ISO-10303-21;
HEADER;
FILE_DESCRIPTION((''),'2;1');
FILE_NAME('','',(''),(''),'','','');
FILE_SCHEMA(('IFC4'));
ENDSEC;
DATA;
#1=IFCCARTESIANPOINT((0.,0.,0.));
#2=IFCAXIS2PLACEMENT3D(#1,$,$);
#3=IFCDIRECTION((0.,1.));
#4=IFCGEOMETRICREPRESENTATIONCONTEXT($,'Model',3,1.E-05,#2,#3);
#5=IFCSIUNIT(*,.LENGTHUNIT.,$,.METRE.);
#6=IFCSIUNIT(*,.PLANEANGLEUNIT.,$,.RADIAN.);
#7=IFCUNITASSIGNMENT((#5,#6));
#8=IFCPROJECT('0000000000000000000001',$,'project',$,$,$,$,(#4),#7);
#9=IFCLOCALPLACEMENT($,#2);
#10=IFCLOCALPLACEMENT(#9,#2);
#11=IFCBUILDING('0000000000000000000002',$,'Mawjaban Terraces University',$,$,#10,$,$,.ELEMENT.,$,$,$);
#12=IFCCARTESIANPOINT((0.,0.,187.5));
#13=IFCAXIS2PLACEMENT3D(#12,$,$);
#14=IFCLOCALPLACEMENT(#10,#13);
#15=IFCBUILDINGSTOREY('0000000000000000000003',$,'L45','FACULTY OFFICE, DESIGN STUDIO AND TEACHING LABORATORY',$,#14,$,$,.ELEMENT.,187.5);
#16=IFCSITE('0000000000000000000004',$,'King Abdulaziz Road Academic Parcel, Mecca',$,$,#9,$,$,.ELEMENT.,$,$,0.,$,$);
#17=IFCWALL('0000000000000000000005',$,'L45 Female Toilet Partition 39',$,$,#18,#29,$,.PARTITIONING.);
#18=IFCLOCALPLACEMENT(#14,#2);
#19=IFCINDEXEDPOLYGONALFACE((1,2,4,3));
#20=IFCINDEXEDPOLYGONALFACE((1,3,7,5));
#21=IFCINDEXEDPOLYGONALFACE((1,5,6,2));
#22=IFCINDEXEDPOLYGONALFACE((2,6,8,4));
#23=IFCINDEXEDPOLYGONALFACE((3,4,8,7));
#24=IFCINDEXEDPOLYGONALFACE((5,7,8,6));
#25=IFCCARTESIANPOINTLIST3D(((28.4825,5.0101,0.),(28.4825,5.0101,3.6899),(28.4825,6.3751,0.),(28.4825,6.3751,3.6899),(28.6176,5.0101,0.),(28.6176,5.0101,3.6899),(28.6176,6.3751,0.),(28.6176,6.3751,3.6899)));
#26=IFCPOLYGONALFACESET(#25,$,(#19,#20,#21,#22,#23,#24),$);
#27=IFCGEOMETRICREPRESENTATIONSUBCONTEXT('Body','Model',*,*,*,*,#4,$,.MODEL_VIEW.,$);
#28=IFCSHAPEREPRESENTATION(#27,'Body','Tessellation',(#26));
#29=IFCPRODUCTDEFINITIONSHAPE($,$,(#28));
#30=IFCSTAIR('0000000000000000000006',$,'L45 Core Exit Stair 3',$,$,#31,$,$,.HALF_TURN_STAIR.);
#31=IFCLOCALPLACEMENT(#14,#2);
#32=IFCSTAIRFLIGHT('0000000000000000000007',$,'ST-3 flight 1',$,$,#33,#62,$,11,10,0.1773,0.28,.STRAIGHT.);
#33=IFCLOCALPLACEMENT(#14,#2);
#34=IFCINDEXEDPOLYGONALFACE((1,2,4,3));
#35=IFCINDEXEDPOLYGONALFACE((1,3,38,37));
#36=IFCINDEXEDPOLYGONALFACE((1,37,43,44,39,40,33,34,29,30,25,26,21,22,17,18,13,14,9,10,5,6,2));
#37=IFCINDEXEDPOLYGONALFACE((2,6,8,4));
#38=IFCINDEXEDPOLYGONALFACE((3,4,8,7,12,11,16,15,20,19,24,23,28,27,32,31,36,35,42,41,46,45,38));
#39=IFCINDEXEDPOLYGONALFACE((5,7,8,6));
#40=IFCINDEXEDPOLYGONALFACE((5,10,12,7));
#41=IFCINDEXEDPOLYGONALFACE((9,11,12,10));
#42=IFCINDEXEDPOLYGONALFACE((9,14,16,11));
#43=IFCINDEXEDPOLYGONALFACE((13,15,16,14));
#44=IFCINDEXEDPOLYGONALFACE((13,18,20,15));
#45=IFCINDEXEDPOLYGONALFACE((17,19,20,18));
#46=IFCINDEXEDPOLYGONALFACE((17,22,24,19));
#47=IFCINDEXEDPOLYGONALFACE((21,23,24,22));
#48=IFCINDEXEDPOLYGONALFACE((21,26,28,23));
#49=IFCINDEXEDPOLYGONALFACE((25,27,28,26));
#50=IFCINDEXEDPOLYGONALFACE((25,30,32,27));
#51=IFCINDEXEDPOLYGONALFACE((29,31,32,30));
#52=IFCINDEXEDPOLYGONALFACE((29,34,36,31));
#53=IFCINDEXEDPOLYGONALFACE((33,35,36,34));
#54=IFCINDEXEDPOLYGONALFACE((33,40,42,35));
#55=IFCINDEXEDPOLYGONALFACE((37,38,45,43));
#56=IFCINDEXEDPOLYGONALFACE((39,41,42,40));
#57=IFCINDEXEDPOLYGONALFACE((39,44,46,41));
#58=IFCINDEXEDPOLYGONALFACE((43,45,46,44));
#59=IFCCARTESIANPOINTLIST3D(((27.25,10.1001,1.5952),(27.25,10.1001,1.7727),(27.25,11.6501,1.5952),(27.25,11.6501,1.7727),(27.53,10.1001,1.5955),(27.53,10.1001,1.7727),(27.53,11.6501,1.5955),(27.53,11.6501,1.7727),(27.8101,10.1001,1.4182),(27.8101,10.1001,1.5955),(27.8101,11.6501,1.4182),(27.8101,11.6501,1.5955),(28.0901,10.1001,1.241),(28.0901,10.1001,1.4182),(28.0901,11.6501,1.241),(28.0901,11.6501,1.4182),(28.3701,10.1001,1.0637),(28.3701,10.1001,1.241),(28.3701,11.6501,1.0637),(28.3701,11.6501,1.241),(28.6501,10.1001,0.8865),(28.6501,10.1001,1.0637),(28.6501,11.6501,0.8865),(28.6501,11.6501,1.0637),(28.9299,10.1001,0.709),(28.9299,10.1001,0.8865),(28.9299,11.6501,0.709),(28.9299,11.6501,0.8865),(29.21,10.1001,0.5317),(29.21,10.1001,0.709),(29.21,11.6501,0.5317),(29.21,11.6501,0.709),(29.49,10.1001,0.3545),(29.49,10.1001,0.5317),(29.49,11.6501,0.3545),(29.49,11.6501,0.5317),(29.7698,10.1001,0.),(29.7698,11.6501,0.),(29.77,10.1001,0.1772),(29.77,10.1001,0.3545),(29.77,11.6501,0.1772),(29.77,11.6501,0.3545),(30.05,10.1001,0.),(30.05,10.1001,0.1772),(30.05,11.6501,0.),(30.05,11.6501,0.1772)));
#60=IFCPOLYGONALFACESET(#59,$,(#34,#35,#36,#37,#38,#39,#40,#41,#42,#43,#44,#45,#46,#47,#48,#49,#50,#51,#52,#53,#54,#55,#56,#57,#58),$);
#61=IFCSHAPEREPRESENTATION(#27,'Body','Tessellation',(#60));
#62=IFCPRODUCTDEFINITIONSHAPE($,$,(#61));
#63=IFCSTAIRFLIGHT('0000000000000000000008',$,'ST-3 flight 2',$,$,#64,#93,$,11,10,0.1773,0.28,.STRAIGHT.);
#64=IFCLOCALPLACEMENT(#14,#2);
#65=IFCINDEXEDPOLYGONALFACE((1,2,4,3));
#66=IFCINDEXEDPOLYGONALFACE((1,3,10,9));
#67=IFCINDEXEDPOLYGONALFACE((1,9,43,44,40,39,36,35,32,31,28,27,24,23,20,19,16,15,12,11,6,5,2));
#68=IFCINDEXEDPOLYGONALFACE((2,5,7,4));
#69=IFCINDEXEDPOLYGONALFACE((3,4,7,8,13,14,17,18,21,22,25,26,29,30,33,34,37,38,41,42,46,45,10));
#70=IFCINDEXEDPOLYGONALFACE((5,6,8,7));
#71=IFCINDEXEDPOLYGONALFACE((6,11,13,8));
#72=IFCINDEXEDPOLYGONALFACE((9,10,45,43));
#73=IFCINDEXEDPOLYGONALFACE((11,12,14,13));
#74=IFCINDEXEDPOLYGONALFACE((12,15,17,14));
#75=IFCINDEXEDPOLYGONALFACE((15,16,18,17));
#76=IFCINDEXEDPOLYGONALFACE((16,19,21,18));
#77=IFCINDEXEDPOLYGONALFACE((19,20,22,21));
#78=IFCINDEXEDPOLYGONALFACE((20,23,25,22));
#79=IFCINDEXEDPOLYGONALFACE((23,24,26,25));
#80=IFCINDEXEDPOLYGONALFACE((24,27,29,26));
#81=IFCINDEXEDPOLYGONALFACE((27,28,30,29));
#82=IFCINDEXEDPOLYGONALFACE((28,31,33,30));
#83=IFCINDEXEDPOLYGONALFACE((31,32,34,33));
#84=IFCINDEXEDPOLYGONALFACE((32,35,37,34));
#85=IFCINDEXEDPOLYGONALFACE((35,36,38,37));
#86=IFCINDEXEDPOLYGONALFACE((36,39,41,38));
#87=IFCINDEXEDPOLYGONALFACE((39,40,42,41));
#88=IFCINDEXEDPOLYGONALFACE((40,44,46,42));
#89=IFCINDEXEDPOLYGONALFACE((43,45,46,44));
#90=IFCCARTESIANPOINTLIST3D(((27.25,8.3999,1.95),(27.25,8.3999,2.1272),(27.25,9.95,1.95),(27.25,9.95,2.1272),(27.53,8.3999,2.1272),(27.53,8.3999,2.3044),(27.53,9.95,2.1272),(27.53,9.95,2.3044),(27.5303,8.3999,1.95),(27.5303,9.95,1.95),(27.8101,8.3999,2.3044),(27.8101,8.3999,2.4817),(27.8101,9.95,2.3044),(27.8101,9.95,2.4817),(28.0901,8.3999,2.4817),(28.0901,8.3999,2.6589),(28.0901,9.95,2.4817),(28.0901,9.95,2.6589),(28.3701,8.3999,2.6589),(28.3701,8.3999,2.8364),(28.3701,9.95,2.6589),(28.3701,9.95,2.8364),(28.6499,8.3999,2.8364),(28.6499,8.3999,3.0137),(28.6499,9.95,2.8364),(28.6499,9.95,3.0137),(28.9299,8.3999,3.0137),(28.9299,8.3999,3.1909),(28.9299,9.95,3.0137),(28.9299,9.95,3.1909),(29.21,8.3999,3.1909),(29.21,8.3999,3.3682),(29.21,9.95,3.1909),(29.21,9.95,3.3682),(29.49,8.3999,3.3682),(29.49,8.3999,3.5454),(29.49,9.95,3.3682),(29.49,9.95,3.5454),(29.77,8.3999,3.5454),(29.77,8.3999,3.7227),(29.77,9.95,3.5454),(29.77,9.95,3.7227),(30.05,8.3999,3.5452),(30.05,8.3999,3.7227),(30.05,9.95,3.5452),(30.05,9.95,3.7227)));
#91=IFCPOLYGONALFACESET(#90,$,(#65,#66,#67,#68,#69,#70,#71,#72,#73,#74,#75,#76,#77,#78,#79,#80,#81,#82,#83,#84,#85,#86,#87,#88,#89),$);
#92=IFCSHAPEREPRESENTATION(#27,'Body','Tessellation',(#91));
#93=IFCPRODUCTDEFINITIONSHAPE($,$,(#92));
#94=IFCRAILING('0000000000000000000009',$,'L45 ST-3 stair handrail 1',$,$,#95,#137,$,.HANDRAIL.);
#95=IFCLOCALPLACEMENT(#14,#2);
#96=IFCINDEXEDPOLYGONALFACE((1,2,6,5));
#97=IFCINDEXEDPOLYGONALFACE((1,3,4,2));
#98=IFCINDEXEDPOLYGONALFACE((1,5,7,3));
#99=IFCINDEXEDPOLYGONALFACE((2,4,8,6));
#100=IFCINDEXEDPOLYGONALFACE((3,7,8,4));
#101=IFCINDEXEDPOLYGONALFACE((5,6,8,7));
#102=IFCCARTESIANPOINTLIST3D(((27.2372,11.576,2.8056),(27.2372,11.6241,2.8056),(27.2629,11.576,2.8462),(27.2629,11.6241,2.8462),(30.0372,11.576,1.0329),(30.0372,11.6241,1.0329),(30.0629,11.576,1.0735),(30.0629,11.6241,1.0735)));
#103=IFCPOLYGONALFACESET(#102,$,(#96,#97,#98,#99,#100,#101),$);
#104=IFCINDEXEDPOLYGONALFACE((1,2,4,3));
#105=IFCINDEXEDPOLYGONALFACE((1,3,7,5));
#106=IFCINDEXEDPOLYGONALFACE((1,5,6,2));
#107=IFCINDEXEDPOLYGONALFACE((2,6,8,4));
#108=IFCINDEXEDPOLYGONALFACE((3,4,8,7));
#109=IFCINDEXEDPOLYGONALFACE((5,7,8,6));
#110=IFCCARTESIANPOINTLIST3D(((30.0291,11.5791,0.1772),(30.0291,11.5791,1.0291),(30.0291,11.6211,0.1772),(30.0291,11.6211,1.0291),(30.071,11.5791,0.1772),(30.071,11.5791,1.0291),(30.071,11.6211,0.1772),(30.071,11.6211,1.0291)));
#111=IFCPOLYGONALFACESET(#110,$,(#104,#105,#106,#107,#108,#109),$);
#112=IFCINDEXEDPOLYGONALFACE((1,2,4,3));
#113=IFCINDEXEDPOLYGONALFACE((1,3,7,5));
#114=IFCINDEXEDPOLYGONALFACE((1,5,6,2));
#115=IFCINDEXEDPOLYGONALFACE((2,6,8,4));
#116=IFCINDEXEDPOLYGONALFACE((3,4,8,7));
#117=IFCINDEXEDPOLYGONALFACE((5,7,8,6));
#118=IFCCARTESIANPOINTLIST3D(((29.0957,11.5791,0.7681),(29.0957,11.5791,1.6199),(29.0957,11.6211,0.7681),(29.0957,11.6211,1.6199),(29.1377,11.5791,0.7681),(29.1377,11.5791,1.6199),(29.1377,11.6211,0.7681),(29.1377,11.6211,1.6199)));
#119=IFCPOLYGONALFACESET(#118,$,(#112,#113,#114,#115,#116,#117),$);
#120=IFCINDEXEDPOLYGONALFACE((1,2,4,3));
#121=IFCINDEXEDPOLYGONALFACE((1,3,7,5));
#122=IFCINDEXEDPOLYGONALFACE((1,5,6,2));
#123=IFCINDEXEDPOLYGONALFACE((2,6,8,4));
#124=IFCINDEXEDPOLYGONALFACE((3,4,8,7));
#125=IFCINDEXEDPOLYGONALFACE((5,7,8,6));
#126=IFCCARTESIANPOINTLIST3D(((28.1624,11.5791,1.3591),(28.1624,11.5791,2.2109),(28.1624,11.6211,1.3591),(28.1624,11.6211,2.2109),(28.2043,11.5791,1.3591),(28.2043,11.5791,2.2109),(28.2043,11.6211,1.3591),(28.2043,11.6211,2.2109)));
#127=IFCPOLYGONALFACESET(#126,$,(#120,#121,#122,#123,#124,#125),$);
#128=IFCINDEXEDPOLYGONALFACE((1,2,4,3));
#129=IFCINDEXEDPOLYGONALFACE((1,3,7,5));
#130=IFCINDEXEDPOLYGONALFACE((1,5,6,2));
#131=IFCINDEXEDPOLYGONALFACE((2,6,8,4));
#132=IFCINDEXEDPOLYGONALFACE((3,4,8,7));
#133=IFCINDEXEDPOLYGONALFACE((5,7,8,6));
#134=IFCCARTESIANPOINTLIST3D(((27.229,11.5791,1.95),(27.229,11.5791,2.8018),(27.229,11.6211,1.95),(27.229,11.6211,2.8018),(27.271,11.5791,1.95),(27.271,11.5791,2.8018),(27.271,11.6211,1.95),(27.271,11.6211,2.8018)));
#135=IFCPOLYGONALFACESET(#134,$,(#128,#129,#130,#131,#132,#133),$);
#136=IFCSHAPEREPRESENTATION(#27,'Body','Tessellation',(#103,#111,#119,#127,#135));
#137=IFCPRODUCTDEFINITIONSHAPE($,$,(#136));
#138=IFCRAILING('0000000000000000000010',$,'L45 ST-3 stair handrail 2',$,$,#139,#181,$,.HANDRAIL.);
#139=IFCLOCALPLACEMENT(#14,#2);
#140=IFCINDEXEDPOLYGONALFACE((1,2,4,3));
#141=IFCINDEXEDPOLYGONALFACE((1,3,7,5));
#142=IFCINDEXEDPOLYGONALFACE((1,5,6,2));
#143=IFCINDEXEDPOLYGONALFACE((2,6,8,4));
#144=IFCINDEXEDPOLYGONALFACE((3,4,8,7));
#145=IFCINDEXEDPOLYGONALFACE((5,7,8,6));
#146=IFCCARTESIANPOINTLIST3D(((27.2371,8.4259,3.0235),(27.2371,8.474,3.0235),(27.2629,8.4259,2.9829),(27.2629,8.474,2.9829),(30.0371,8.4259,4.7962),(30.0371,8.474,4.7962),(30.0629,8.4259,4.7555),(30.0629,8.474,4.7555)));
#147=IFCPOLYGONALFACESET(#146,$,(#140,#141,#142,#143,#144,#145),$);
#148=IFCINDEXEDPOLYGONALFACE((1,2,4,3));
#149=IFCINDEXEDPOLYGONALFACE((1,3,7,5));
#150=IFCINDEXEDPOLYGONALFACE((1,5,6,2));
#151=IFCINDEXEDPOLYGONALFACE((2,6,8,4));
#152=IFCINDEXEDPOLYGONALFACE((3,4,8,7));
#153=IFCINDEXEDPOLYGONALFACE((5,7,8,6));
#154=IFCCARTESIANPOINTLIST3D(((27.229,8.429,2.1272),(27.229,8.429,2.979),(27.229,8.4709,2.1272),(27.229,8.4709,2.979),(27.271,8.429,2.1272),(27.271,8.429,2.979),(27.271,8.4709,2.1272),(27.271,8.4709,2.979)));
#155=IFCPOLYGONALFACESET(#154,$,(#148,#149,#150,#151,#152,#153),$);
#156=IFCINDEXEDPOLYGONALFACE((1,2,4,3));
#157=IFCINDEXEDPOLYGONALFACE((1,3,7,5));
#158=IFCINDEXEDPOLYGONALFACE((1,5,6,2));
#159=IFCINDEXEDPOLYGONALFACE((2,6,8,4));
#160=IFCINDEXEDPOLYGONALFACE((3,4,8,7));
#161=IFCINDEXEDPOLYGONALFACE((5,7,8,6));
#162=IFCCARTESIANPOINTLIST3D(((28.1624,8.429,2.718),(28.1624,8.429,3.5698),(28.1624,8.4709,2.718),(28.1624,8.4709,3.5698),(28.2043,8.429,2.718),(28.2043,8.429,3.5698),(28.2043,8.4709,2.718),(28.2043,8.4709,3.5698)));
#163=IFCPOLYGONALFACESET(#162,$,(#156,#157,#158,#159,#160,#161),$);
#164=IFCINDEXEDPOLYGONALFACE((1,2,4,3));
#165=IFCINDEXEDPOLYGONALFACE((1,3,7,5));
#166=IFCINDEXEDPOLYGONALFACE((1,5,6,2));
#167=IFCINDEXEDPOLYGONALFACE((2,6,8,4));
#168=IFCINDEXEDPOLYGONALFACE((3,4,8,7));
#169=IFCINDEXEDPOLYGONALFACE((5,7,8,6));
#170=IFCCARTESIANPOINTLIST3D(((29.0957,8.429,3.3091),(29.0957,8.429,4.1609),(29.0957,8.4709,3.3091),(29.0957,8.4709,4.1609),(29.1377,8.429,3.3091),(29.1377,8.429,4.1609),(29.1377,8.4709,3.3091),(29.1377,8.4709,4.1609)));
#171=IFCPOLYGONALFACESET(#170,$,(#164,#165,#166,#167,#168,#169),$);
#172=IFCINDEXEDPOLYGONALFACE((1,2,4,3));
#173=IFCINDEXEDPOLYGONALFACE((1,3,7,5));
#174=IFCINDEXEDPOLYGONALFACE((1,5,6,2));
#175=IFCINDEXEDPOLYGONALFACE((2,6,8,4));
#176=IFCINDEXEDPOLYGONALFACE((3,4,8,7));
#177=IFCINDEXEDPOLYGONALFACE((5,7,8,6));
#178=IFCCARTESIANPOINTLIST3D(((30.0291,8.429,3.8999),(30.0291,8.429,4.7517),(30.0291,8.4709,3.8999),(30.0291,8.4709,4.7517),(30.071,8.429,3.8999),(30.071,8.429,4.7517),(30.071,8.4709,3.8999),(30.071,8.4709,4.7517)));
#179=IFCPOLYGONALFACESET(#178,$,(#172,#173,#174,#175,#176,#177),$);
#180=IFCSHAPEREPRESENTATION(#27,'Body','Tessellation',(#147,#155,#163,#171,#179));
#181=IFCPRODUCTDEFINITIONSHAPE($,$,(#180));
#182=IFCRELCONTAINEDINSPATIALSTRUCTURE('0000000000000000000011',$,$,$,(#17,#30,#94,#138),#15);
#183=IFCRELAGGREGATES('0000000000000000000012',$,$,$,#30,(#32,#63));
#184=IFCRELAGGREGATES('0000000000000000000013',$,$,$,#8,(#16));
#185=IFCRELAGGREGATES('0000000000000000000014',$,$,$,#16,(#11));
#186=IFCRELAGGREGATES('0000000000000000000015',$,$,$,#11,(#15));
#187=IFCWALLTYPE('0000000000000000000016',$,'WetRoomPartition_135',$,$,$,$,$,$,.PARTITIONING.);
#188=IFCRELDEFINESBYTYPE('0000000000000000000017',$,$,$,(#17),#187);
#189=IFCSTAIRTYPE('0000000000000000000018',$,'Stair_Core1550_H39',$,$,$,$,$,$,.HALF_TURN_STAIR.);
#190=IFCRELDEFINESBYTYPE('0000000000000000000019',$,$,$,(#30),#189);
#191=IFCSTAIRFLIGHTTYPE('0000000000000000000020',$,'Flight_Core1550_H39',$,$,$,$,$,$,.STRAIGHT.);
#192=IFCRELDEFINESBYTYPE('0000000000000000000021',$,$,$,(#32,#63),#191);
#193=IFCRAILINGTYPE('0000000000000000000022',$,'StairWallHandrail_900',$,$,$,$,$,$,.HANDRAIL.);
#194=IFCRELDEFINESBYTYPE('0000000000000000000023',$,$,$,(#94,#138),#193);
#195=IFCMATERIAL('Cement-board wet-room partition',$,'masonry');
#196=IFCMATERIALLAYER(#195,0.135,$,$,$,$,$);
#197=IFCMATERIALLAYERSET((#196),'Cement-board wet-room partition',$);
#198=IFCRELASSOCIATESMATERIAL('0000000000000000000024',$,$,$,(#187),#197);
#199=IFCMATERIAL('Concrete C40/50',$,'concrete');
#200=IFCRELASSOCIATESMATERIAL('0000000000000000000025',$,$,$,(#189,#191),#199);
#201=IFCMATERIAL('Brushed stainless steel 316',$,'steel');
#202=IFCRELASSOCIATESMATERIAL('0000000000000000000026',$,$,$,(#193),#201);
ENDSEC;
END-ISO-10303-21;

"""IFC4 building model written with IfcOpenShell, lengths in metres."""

from ifc_helpers import new_model, si_unit, direction, frame, frame_2d, origin, origin_2d, place, context, subcontext, project, spatial, polyline, rectangle, outline, extrude, material, layer, layer_set, type_object, element, aggregate, save


model = new_model("IFC4")

# Units and contexts
model_context = context("Model", 3, precision=1e-05, world=origin(), true_north=direction((0.0, 1.0)))
body_context = subcontext(model_context, "Body", "Model", "MODEL_VIEW")
ifc_project = project(units=[si_unit("LENGTHUNIT", "METRE"), si_unit("PLANEANGLEUNIT", "RADIAN")], contexts=[model_context])

# Site, building, storey
site_placement = place(None, origin())
site = spatial("IfcSite", under=ifc_project, at=site_placement, Name="King Abdulaziz Road Academic Parcel, Mecca", CompositionType="ELEMENT", RefElevation=0.0)
building_placement = place(site_placement, origin())
building = spatial("IfcBuilding", under=site, at=building_placement, Name="Mawjaban Terraces University", CompositionType="ELEMENT")
storey_placement = place(building_placement, frame((0.0, 0.0, 187.5)))
storey = spatial("IfcBuildingStorey", under=building, at=storey_placement, Name="L45", Description="FACULTY OFFICE, DESIGN STUDIO AND TEACHING LABORATORY", CompositionType="ELEMENT", Elevation=187.5)

# Shared definitions
ifc_material_1 = material(Name="Concrete C40/50", Category="concrete")

# Wall
ifc_material_2 = material(Name="Cement-board wet-room partition", Category="masonry")
ifc_layer_1 = layer(ifc_material_2, 0.135)
ifc_layer_set_1 = layer_set([ifc_layer_1], Name="Cement-board wet-room partition")
wall_type_1 = type_object("IfcWallType", Name="WetRoomPartition_135", PredefinedType="PARTITIONING", material=ifc_layer_set_1)
wall_1_placement = place(storey_placement, frame((28.55, 5.01, 0.0), z_axis=(0.0, 0.0, 1.0), x_axis=(0.0, 1.0, 0.0)))
element("IfcWall", 1, at=wall_1_placement, inside=storey, type_object=wall_type_1, Name="L45 Female Toilet Partition 39", PredefinedType="PARTITIONING", context=body_context, shape_type="SweptSolid", body=[
    extrude(rectangle(XDim=1.365, YDim=0.135, at=frame_2d((0.6826, 0.0))), origin(), (0.0, 0.0, 1.0), 3.6899),
])

# Stair, stair flights
stair_type = type_object("IfcStairType", Name="Stair_Core1550_H39", PredefinedType="HALF_TURN_STAIR", material=ifc_material_1)
stair_placement = place(storey_placement, origin())
stair = element("IfcStair", 2, at=stair_placement, inside=storey, type_object=stair_type, Name="L45 Core Exit Stair 3", PredefinedType="HALF_TURN_STAIR")
stair_flight_type = type_object("IfcStairFlightType", Name="Flight_Core1550_H39", PredefinedType="STRAIGHT", material=ifc_material_1)
stair_flight_1_placement = place(storey_placement, frame((30.05, 10.875, 0.0), z_axis=(0.0, 0.0, 1.0), x_axis=(-1.0, 0.0, 0.0)))
stair_flight_1 = element("IfcStairFlight", 3, at=stair_flight_1_placement, type_object=stair_flight_type, Name="ST-3 flight 1", NumberOfRisers=11, NumberOfTreads=10, PredefinedType="STRAIGHT", RiserHeight=0.1773, TreadLength=0.28, context=body_context, shape_type="SweptSolid", body=[
    extrude(outline(polyline([(0.0, 0.0), (0.0, 0.1772), (0.28, 0.1772), (0.28, 0.3545), (0.5601, 0.3545), (0.5601, 0.5317), (0.8401, 0.5317), (0.8401, 0.709), (1.1201, 0.709), (1.1201, 0.8865), (1.3999, 0.8865), (1.3999, 1.0637), (1.6799, 1.0637), (1.6799, 1.241), (1.96, 1.241), (1.96, 1.4182), (2.24, 1.4182), (2.24, 1.5955), (2.52, 1.5955), (2.52, 1.7727), (2.8, 1.7727), (2.8, 1.95), (2.8, 1.5952), (0.2803, 0.0), (0.0, 0.0)])), frame((0.0, 0.7749, 0.0), z_axis=(0.0, -1.0, 0.0), x_axis=(1.0, 0.0, 0.0)), (0.0, 0.0, 1.0), 1.55),
])
stair_flight_2_placement = place(storey_placement, frame((27.25, 9.175, 1.95), z_axis=(0.0, 0.0, 1.0), x_axis=(1.0, 0.0, 0.0)))
stair_flight_2 = element("IfcStairFlight", 4, at=stair_flight_2_placement, type_object=stair_flight_type, Name="ST-3 flight 2", NumberOfRisers=11, NumberOfTreads=10, PredefinedType="STRAIGHT", RiserHeight=0.1773, TreadLength=0.28, context=body_context, shape_type="SweptSolid", body=[
    extrude(outline(polyline([(0.0, 0.0), (0.0, 0.1772), (0.28, 0.1772), (0.28, 0.3545), (0.5601, 0.3545), (0.5601, 0.5317), (0.8401, 0.5317), (0.8401, 0.709), (1.1201, 0.709), (1.1201, 0.8865), (1.3999, 0.8865), (1.3999, 1.0637), (1.6799, 1.0637), (1.6799, 1.241), (1.96, 1.241), (1.96, 1.4182), (2.24, 1.4182), (2.24, 1.5955), (2.52, 1.5955), (2.52, 1.7727), (2.8, 1.7727), (2.8, 1.95), (2.8, 1.5952), (0.2803, 0.0), (0.0, 0.0)])), frame((0.0, 0.7749, 0.0), z_axis=(0.0, -1.0, 0.0), x_axis=(1.0, 0.0, 0.0)), (0.0, 0.0, 1.0), 1.55),
])
aggregate(stair, [stair_flight_1, stair_flight_2])

# Railings
ifc_material_3 = material(Name="Brushed stainless steel 316", Category="steel")
railing_type_1 = type_object("IfcRailingType", Name="StairWallHandrail_900", PredefinedType="HANDRAIL", material=ifc_material_3)
railing_1_placement = place(storey_placement, frame((30.05, 11.6001, 0.1772)))
element("IfcRailing", 5, at=railing_1_placement, inside=storey, type_object=railing_type_1, Name="L45 ST-3 stair handrail 1", PredefinedType="HANDRAIL", context=body_context, shape_type="SweptSolid", body=[
    extrude(rectangle(XDim=0.0481, YDim=0.0481, at=origin_2d()), frame((0.0, 0.0, 0.876), z_axis=(-0.844909, 0.0, 0.53491), x_axis=(0.0, -1.0, 0.0)), (0.0, 0.0, 1.0), 3.314),
    extrude(rectangle(XDim=0.042, YDim=0.042, at=origin_2d()), origin(), (0.0, 0.0, 1.0), 0.8518),
    extrude(rectangle(XDim=0.042, YDim=0.042, at=origin_2d()), frame((-0.9333, 0.0, 0.5908)), (0.0, 0.0, 1.0), 0.8518),
    extrude(rectangle(XDim=0.042, YDim=0.042, at=origin_2d()), frame((-1.8667, 0.0, 1.1819)), (0.0, 0.0, 1.0), 0.8518),
    extrude(rectangle(XDim=0.042, YDim=0.042, at=origin_2d()), frame((-2.8, 0.0, 1.7727)), (0.0, 0.0, 1.0), 0.8518),
])
railing_2_placement = place(storey_placement, frame((27.25, 8.45, 2.1272)))
element("IfcRailing", 6, at=railing_2_placement, inside=storey, type_object=railing_type_1, Name="L45 ST-3 stair handrail 2", PredefinedType="HANDRAIL", context=body_context, shape_type="SweptSolid", body=[
    extrude(rectangle(XDim=0.0481, YDim=0.0481, at=origin_2d()), frame((0.0, 0.0, 0.876), z_axis=(0.844909, 0.0, 0.53491), x_axis=(0.0, 1.0, 0.0)), (0.0, 0.0, 1.0), 3.314),
    extrude(rectangle(XDim=0.042, YDim=0.042, at=origin_2d()), origin(), (0.0, 0.0, 1.0), 0.8518),
    extrude(rectangle(XDim=0.042, YDim=0.042, at=origin_2d()), frame((0.9333, 0.0, 0.5908)), (0.0, 0.0, 1.0), 0.8518),
    extrude(rectangle(XDim=0.042, YDim=0.042, at=origin_2d()), frame((1.8667, 0.0, 1.1819)), (0.0, 0.0, 1.0), 0.8518),
    extrude(rectangle(XDim=0.042, YDim=0.042, at=origin_2d()), frame((2.8, 0.0, 1.7727)), (0.0, 0.0, 1.0), 0.8518),
])

save(model, "model.ifc")
